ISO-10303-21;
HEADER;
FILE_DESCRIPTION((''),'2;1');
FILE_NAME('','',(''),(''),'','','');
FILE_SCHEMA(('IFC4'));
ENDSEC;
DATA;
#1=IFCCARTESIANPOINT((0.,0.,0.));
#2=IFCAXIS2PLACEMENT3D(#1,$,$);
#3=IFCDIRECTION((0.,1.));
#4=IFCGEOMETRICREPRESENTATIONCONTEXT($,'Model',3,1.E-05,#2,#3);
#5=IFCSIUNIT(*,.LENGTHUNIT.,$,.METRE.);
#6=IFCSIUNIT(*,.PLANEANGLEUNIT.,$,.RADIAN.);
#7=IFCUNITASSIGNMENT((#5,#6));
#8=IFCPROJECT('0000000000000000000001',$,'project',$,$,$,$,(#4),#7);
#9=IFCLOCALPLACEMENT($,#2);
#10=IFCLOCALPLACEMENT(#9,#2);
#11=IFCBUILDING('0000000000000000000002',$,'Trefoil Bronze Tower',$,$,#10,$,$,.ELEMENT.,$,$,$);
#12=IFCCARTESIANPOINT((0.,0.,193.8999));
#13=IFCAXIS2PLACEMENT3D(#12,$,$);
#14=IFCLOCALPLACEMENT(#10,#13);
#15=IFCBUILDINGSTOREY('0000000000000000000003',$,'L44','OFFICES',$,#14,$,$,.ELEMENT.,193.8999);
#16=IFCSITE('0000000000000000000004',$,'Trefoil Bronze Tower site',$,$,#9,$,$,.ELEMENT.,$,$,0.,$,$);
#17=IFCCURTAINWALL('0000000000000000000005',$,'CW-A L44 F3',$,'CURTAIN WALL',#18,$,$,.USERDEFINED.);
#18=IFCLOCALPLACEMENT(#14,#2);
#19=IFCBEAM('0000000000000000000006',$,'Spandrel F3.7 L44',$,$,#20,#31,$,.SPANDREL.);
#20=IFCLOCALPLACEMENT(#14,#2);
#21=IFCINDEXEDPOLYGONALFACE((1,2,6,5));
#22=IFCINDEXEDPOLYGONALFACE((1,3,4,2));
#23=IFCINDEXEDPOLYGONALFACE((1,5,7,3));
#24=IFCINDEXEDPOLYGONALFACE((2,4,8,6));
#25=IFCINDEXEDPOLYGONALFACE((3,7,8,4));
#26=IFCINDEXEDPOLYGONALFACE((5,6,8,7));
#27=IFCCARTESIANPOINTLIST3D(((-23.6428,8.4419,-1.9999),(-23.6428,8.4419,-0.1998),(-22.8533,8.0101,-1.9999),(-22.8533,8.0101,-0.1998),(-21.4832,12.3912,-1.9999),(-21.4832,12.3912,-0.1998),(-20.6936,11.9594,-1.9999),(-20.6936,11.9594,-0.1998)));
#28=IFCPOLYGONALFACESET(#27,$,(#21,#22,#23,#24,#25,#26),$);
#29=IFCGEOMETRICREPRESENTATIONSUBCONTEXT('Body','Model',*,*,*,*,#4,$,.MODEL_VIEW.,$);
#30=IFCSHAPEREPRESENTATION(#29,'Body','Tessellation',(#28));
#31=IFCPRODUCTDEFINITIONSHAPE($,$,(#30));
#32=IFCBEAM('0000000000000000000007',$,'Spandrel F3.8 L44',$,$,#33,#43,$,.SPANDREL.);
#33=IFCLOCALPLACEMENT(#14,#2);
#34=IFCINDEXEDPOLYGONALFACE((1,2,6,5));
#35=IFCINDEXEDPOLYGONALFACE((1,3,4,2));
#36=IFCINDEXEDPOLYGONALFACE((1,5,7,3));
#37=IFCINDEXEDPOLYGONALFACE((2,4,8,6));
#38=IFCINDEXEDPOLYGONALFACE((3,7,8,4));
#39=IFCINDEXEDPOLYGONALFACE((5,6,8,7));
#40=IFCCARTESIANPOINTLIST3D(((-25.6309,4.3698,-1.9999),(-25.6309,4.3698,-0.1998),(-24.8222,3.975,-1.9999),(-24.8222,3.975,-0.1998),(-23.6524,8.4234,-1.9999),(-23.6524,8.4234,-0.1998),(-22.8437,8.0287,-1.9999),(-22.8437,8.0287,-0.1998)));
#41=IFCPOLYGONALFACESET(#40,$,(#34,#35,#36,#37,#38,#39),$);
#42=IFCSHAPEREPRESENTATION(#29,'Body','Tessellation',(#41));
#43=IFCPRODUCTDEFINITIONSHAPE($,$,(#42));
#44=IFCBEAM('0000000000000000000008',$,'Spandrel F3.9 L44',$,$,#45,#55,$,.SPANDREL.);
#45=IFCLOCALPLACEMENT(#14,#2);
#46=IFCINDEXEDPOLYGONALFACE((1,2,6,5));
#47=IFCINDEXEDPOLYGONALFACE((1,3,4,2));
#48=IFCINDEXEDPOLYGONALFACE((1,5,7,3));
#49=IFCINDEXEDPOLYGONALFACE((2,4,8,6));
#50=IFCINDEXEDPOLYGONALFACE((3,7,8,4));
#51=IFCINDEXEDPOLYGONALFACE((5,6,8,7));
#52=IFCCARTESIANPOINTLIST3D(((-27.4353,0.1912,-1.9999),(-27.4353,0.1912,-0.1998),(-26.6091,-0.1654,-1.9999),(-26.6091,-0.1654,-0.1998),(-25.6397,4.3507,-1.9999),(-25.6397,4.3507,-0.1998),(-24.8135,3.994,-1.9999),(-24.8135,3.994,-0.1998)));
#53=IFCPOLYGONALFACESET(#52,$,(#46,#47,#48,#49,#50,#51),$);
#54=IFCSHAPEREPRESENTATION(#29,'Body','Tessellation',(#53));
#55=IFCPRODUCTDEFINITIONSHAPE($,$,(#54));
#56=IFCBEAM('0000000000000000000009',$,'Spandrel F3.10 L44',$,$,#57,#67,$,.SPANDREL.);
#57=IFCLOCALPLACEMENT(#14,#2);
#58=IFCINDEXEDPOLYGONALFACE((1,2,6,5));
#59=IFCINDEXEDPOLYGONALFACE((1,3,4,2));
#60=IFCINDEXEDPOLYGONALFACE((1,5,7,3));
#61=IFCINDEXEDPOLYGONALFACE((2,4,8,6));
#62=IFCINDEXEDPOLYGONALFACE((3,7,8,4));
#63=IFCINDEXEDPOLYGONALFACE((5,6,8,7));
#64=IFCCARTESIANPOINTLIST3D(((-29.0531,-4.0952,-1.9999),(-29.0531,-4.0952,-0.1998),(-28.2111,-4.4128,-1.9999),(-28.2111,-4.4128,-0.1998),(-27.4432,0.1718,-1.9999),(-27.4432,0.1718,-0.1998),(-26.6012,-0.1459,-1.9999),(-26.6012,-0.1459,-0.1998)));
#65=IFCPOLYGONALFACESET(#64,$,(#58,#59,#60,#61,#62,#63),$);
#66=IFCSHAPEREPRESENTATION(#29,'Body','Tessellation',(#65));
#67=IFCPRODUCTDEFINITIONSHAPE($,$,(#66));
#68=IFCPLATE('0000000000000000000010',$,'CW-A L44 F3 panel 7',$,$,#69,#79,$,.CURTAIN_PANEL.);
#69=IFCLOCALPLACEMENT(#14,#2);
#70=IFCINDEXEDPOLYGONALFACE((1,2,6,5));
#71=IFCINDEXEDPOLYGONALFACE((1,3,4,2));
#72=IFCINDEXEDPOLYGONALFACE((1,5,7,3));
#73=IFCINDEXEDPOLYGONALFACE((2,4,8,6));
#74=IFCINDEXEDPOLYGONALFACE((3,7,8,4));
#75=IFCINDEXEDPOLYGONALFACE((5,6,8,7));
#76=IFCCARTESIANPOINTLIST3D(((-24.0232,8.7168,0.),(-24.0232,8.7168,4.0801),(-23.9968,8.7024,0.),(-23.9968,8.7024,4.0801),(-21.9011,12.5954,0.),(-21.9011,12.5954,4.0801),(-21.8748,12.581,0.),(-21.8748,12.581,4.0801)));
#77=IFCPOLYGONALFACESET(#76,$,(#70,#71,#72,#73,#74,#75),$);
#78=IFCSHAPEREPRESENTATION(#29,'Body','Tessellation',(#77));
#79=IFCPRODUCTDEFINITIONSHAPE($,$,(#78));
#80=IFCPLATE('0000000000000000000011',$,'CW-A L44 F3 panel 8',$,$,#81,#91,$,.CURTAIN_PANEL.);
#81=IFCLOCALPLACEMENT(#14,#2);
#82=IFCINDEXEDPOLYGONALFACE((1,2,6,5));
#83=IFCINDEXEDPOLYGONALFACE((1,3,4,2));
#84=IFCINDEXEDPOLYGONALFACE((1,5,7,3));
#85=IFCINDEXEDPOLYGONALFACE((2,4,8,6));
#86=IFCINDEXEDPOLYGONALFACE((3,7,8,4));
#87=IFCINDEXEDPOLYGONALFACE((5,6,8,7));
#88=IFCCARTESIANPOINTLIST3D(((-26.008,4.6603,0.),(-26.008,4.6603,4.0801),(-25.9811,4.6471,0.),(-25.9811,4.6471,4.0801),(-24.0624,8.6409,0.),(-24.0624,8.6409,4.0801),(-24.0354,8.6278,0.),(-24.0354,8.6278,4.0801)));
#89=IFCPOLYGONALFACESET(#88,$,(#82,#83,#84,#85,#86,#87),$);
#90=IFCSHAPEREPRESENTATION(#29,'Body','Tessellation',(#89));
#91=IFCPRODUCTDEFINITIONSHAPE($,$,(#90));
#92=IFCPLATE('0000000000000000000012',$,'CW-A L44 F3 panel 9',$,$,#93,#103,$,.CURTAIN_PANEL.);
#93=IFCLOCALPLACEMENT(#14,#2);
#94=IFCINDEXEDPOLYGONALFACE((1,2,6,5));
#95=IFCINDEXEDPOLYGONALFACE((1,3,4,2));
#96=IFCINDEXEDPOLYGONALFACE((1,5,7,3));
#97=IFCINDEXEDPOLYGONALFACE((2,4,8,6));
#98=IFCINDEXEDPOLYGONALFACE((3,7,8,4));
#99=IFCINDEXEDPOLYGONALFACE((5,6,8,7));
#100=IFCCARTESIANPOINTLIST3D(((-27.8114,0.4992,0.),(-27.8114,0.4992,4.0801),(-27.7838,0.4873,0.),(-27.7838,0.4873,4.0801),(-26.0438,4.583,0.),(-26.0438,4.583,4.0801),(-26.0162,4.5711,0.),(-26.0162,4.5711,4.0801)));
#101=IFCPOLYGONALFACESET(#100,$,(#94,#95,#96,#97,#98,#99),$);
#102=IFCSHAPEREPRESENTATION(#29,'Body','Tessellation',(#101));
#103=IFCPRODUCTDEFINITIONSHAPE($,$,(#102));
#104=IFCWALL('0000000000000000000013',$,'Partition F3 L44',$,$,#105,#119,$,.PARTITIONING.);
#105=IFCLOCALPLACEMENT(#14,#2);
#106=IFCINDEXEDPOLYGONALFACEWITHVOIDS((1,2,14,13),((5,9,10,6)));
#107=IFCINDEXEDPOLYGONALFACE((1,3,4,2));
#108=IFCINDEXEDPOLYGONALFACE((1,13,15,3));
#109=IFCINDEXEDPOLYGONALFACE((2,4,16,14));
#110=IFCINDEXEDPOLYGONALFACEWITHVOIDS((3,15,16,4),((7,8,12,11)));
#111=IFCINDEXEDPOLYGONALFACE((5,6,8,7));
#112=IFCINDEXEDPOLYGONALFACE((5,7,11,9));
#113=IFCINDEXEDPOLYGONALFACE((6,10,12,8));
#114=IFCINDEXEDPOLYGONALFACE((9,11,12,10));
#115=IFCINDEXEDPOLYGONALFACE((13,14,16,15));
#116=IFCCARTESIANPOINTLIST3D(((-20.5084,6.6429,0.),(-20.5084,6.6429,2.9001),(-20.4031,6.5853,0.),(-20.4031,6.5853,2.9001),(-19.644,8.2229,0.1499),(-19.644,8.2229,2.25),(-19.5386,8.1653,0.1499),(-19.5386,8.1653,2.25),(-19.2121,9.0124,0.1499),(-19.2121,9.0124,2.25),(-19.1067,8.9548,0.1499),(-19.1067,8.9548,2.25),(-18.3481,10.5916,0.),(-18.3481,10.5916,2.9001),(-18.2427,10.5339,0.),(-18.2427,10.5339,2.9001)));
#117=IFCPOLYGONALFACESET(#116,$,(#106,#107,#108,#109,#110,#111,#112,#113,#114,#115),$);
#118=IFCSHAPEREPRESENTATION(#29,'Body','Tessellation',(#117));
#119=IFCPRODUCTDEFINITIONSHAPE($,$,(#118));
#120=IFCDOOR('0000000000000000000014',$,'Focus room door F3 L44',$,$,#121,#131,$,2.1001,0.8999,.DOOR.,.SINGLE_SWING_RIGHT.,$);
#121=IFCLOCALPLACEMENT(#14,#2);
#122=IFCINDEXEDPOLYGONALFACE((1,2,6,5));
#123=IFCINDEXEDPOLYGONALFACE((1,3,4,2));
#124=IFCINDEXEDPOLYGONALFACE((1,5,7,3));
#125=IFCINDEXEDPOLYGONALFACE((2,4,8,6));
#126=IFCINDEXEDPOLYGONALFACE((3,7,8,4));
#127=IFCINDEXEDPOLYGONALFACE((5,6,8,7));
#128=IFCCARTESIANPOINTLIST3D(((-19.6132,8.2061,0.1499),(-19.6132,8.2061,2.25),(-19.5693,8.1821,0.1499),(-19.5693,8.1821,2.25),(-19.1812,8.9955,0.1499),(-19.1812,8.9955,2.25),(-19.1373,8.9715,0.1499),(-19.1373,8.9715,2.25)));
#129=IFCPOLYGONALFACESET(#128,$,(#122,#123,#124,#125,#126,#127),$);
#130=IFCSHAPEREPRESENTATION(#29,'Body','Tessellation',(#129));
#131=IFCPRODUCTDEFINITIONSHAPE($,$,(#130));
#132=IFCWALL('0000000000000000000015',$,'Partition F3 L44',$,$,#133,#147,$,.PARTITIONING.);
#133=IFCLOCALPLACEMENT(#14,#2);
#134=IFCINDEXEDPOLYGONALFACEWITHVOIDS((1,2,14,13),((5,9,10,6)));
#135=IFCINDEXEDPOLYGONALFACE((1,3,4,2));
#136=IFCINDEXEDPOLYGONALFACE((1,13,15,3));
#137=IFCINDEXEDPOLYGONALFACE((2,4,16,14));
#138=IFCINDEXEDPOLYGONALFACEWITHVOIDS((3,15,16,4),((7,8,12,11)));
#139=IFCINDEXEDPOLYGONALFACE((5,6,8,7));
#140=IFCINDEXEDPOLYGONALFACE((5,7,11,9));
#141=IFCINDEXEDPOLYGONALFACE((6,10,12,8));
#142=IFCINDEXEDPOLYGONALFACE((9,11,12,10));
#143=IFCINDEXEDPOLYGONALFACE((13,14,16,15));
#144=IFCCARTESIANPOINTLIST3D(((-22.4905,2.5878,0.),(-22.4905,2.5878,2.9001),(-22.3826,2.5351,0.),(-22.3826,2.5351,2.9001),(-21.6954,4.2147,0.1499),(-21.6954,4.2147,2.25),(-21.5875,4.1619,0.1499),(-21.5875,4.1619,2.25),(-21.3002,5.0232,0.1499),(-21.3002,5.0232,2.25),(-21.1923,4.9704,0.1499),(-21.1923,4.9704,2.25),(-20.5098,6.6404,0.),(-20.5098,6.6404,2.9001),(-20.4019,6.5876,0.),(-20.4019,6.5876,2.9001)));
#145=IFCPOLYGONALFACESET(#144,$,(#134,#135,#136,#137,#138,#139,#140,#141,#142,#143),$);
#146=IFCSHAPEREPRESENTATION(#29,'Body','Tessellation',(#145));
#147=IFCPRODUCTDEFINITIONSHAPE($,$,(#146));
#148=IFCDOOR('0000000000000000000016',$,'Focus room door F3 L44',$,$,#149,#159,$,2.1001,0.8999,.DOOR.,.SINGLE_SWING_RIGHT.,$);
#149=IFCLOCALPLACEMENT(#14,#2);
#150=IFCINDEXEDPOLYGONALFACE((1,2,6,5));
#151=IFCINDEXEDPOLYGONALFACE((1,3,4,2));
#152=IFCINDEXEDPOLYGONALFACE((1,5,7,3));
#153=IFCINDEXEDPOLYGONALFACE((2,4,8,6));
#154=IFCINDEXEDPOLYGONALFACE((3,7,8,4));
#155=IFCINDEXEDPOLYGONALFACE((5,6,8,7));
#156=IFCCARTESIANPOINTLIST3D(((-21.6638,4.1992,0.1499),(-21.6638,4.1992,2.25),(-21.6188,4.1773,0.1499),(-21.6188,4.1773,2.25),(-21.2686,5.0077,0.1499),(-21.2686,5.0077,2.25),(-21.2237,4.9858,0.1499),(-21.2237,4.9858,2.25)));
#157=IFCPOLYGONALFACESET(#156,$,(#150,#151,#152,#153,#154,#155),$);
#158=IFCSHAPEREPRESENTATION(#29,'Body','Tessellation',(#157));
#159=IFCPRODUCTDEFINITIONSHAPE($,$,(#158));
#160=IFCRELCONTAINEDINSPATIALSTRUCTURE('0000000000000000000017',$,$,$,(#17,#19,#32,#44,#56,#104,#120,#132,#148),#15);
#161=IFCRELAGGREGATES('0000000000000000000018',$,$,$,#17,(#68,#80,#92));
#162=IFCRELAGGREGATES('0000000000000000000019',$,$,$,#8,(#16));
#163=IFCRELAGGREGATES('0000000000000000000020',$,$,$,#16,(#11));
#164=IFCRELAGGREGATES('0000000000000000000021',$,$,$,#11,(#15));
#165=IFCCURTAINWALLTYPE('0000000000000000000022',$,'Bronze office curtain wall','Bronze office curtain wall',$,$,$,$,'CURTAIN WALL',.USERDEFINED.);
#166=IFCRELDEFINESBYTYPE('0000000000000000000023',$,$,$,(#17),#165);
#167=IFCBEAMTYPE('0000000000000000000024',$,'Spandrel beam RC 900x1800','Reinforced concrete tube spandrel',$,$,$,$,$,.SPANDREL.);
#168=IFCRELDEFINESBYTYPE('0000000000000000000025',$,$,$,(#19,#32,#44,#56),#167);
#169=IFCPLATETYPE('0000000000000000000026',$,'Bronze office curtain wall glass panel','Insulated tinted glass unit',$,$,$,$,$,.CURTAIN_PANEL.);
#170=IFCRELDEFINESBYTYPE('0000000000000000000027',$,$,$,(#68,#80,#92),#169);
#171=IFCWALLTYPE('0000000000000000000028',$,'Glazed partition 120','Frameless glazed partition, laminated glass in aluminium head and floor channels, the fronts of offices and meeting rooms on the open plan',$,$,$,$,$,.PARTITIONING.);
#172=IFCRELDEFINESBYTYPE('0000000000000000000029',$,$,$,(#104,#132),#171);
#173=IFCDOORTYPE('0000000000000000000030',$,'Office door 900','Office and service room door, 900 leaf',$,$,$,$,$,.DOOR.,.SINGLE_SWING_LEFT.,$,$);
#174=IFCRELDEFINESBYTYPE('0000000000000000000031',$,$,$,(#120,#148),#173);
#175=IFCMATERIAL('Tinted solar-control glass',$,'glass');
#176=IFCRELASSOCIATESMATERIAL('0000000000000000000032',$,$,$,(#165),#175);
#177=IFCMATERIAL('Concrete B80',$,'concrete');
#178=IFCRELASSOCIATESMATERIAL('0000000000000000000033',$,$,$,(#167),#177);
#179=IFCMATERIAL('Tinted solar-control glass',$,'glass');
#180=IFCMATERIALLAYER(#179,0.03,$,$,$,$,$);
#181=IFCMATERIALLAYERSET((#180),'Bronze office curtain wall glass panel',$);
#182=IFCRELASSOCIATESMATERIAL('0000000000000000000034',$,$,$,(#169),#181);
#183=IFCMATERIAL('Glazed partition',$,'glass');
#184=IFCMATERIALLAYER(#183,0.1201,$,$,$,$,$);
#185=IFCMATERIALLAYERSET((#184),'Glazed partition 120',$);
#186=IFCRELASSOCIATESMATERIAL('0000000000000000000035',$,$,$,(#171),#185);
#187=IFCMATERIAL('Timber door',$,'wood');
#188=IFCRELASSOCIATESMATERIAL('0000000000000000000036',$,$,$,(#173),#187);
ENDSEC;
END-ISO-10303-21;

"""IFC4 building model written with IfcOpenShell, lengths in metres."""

from ifc_helpers import new_model, si_unit, direction, frame, frame_2d, origin, origin_2d, place, context, subcontext, project, spatial, rectangle, extrude, material, layer, layer_set, material_profile, profile_set, type_object, element, fill, aggregate, save


model = new_model("IFC4")

# Units and contexts
model_context = context("Model", 3, precision=1e-05, world=origin(), true_north=direction((0.0, 1.0)))
body_context = subcontext(model_context, "Body", "Model", "MODEL_VIEW")
ifc_project = project(units=[si_unit("LENGTHUNIT", "METRE"), si_unit("PLANEANGLEUNIT", "RADIAN")], contexts=[model_context])

# Site, building, storey
site_placement = place(None, origin())
site = spatial("IfcSite", under=ifc_project, at=site_placement, Name="Trefoil Bronze Tower site", CompositionType="ELEMENT", RefElevation=0.0)
building_placement = place(site_placement, origin())
building = spatial("IfcBuilding", under=site, at=building_placement, Name="Trefoil Bronze Tower", CompositionType="ELEMENT")
storey_placement = place(building_placement, frame((0.0, 0.0, 193.8999)))
storey = spatial("IfcBuildingStorey", under=building, at=storey_placement, Name="L44", Description="OFFICES", CompositionType="ELEMENT", Elevation=193.8999)

# Curtain wall
ifc_material_1 = material(Name="Tinted solar-control glass", Category="glass")
curtain_wall_type = type_object("IfcCurtainWallType", Name="Bronze office curtain wall", Description="Bronze office curtain wall", ElementType="CURTAIN WALL", PredefinedType="USERDEFINED", material=ifc_material_1)
curtain_wall_placement = place(storey_placement, origin())
curtain_wall = element("IfcCurtainWall", 1, at=curtain_wall_placement, inside=storey, type_object=curtain_wall_type, Name="CW-A L44 F3", ObjectType="CURTAIN WALL", PredefinedType="USERDEFINED")

# Beams
ifc_material_2 = material(Name="Concrete B80", Category="concrete")
ifc_material_profile_1 = material_profile(ifc_material_2, rectangle(XDim=0.8999, YDim=1.8, at=origin_2d()), Name="RC 900x1800")
ifc_profile_set_1 = profile_set([ifc_material_profile_1], Name="Concrete B80")
beam_type_1 = type_object("IfcBeamType", Name="Spandrel beam RC 900x1800", Description="Reinforced concrete tube spandrel", PredefinedType="SPANDREL", material=ifc_profile_set_1)
beam_1_placement = place(storey_placement, frame((-21.0884, 12.1753, -1.0999), z_axis=(-0.479802, -0.877377, 0.0), x_axis=(0.877377, -0.479802, 0.0)))
element("IfcBeam", 2, at=beam_1_placement, inside=storey, type_object=beam_type_1, Name="Spandrel F3.7 L44", PredefinedType="SPANDREL", context=body_context, shape_type="SweptSolid", body=[
    extrude(rectangle(XDim=0.8999, YDim=1.8, at=origin_2d()), origin(), (0.0, 0.0, 1.0), 4.5012),
])
beam_2_placement = place(storey_placement, frame((-23.248, 8.2261, -1.0999), z_axis=(-0.43862, -0.898673, 0.0), x_axis=(0.898673, -0.43862, 0.0)))
element("IfcBeam", 3, at=beam_2_placement, inside=storey, type_object=beam_type_1, Name="Spandrel F3.8 L44", PredefinedType="SPANDREL", context=body_context, shape_type="SweptSolid", body=[
    extrude(rectangle(XDim=0.8999, YDim=1.8, at=origin_2d()), origin(), (0.0, 0.0, 1.0), 4.5107),
])
beam_3_placement = place(storey_placement, frame((-25.2266, 4.1724, -1.0999), z_axis=(-0.39635, -0.918099, 0.0), x_axis=(0.918099, -0.39635, 0.0)))
element("IfcBeam", 4, at=beam_3_placement, inside=storey, type_object=beam_type_1, Name="Spandrel F3.9 L44", PredefinedType="SPANDREL", context=body_context, shape_type="SweptSolid", body=[
    extrude(rectangle(XDim=0.8999, YDim=1.8, at=origin_2d()), origin(), (0.0, 0.0, 1.0), 4.5305),
])
beam_4_placement = place(storey_placement, frame((-27.0222, 0.0129, -1.0999), z_axis=(-0.353006, -0.935621, 0.0), x_axis=(0.935621, -0.353006, 0.0)))
element("IfcBeam", 5, at=beam_4_placement, inside=storey, type_object=beam_type_1, Name="Spandrel F3.10 L44", PredefinedType="SPANDREL", context=body_context, shape_type="SweptSolid", body=[
    extrude(rectangle(XDim=0.8999, YDim=1.8, at=origin_2d()), origin(), (0.0, 0.0, 1.0), 4.5605),
])

# Plates
ifc_material_3 = material(Name="Tinted solar-control glass", Category="glass")
ifc_layer_1 = layer(ifc_material_3, 0.03)
ifc_layer_set_1 = layer_set([ifc_layer_1], Name="Bronze office curtain wall glass panel")
plate_type = type_object("IfcPlateType", Name="Bronze office curtain wall glass panel", Description="Insulated tinted glass unit", PredefinedType="CURTAIN_PANEL", material=ifc_layer_set_1)
plate_1_placement = place(storey_placement, frame((-22.949, 10.6489, 0.0), z_axis=(0.0, 0.0, 1.0), x_axis=(-0.479974, -0.877283, 0.0)))
plate_1 = element("IfcPlate", 6, at=plate_1_placement, type_object=plate_type, Name="CW-A L44 F3 panel 7", PredefinedType="CURTAIN_PANEL", context=body_context, shape_type="SweptSolid", body=[
    extrude(rectangle(XDim=4.4211, YDim=0.03, at=origin_2d()), origin(), (0.0, 0.0, 1.0), 4.0801),
])
plate_2_placement = place(storey_placement, frame((-25.0217, 6.644, 0.0), z_axis=(0.0, 0.0, 1.0), x_axis=(-0.439129, -0.898424, 0.0)))
plate_2 = element("IfcPlate", 7, at=plate_2_placement, type_object=plate_type, Name="CW-A L44 F3 panel 8", PredefinedType="CURTAIN_PANEL", context=body_context, shape_type="SweptSolid", body=[
    extrude(rectangle(XDim=4.4307, YDim=0.03, at=origin_2d()), origin(), (0.0, 0.0, 1.0), 4.0801),
])
plate_3_placement = place(storey_placement, frame((-26.9138, 2.5352, 0.0), z_axis=(0.0, 0.0, 1.0), x_axis=(-0.39722, -0.917723, 0.0)))
plate_3 = element("IfcPlate", 8, at=plate_3_placement, type_object=plate_type, Name="CW-A L44 F3 panel 9", PredefinedType="CURTAIN_PANEL", context=body_context, shape_type="SweptSolid", body=[
    extrude(rectangle(XDim=4.45, YDim=0.03, at=origin_2d()), origin(), (0.0, 0.0, 1.0), 4.0801),
])
aggregate(curtain_wall, [plate_1, plate_2, plate_3])

# Walls, openings, doors
ifc_material_4 = material(Name="Glazed partition", Category="glass")
ifc_layer_2 = layer(ifc_material_4, 0.1201)
ifc_layer_set_2 = layer_set([ifc_layer_2], Name="Glazed partition 120")
wall_type_1 = type_object("IfcWallType", Name="Glazed partition 120", Description="Frameless glazed partition, laminated glass in aluminium head and floor channels, the fronts of offices and meeting rooms on the open plan", PredefinedType="PARTITIONING", material=ifc_layer_set_2)
wall_1_placement = place(storey_placement, frame((-18.2954, 10.5627, 0.0), z_axis=(0.0, 0.0, 1.0), x_axis=(-0.479973, -0.877283, 0.0)))
wall_1 = element("IfcWall", 9, at=wall_1_placement, inside=storey, type_object=wall_type_1, Name="Partition F3 L44", PredefinedType="PARTITIONING", context=body_context, shape_type="SweptSolid", body=[
    extrude(rectangle(XDim=4.501, YDim=0.1201, at=frame_2d((2.2505, 0.0))), origin(), (0.0, 0.0, 1.0), 2.9001),
])
opening_1_placement = place(wall_1_placement, frame((1.8, 0.0, 0.1499)))
opening_1 = element("IfcOpeningElement", 10, at=opening_1_placement, cuts=wall_1, PredefinedType="OPENING", context=body_context, shape_type="SweptSolid", body=[
    extrude(rectangle(XDim=0.8999, YDim=2.1001, at=frame_2d((0.45, 1.05))), frame((0.0, 0.0701, 0.0), z_axis=(0.0, -1.0, 0.0), x_axis=(1.0, 0.0, 0.0)), (0.0, 0.0, 1.0), 0.1401),
])
ifc_material_5 = material(Name="Timber door", Category="wood")
door_type = type_object("IfcDoorType", Name="Office door 900", Description="Office and service room door, 900 leaf", OperationType="SINGLE_SWING_LEFT", PredefinedType="DOOR", material=ifc_material_5)
door_1_placement = place(opening_1_placement, frame((0.8999, 0.0, 0.0), z_axis=(0.0, 0.0, 1.0), x_axis=(-1.0, 0.0, 0.0)))
door_1 = element("IfcDoor", 11, at=door_1_placement, inside=storey, type_object=door_type, Name="Focus room door F3 L44", OperationType="SINGLE_SWING_RIGHT", OverallHeight=2.1001, OverallWidth=0.8999, PredefinedType="DOOR", context=body_context, shape_type="SweptSolid", body=[
    extrude(rectangle(XDim=0.8999, YDim=2.1001, at=frame_2d((0.45, 1.05))), frame((0.0, 0.0249, 0.0), z_axis=(0.0, -1.0, 0.0), x_axis=(1.0, 0.0, 0.0)), (0.0, 0.0, 1.0), 0.05),
])
fill(opening_1, door_1)
wall_2_placement = place(storey_placement, frame((-20.4558, 6.614, 0.0), z_axis=(0.0, 0.0, 1.0), x_axis=(-0.43912, -0.898428, 0.0)))
wall_2 = element("IfcWall", 12, at=wall_2_placement, inside=storey, type_object=wall_type_1, Name="Partition F3 L44", PredefinedType="PARTITIONING", context=body_context, shape_type="SweptSolid", body=[
    extrude(rectangle(XDim=4.5107, YDim=0.1201, at=frame_2d((2.2554, 0.0))), origin(), (0.0, 0.0, 1.0), 2.9001),
])
opening_2_placement = place(wall_2_placement, frame((1.8, 0.0, 0.1499)))
opening_2 = element("IfcOpeningElement", 13, at=opening_2_placement, cuts=wall_2, PredefinedType="OPENING", context=body_context, shape_type="SweptSolid", body=[
    extrude(rectangle(XDim=0.8999, YDim=2.1001, at=frame_2d((0.45, 1.05))), frame((0.0, 0.0701, 0.0), z_axis=(0.0, -1.0, 0.0), x_axis=(1.0, 0.0, 0.0)), (0.0, 0.0, 1.0), 0.1401),
])
door_2_placement = place(opening_2_placement, frame((0.8999, 0.0, 0.0), z_axis=(0.0, 0.0, 1.0), x_axis=(-1.0, 0.0, 0.0)))
door_2 = element("IfcDoor", 14, at=door_2_placement, inside=storey, type_object=door_type, Name="Focus room door F3 L44", OperationType="SINGLE_SWING_RIGHT", OverallHeight=2.1001, OverallWidth=0.8999, PredefinedType="DOOR", context=body_context, shape_type="SweptSolid", body=[
    extrude(rectangle(XDim=0.8999, YDim=2.1001, at=frame_2d((0.45, 1.05))), frame((0.0, 0.0249, 0.0), z_axis=(0.0, -1.0, 0.0), x_axis=(1.0, 0.0, 0.0)), (0.0, 0.0, 1.0), 0.05),
])
fill(opening_2, door_2)

save(model, "model.ifc")
